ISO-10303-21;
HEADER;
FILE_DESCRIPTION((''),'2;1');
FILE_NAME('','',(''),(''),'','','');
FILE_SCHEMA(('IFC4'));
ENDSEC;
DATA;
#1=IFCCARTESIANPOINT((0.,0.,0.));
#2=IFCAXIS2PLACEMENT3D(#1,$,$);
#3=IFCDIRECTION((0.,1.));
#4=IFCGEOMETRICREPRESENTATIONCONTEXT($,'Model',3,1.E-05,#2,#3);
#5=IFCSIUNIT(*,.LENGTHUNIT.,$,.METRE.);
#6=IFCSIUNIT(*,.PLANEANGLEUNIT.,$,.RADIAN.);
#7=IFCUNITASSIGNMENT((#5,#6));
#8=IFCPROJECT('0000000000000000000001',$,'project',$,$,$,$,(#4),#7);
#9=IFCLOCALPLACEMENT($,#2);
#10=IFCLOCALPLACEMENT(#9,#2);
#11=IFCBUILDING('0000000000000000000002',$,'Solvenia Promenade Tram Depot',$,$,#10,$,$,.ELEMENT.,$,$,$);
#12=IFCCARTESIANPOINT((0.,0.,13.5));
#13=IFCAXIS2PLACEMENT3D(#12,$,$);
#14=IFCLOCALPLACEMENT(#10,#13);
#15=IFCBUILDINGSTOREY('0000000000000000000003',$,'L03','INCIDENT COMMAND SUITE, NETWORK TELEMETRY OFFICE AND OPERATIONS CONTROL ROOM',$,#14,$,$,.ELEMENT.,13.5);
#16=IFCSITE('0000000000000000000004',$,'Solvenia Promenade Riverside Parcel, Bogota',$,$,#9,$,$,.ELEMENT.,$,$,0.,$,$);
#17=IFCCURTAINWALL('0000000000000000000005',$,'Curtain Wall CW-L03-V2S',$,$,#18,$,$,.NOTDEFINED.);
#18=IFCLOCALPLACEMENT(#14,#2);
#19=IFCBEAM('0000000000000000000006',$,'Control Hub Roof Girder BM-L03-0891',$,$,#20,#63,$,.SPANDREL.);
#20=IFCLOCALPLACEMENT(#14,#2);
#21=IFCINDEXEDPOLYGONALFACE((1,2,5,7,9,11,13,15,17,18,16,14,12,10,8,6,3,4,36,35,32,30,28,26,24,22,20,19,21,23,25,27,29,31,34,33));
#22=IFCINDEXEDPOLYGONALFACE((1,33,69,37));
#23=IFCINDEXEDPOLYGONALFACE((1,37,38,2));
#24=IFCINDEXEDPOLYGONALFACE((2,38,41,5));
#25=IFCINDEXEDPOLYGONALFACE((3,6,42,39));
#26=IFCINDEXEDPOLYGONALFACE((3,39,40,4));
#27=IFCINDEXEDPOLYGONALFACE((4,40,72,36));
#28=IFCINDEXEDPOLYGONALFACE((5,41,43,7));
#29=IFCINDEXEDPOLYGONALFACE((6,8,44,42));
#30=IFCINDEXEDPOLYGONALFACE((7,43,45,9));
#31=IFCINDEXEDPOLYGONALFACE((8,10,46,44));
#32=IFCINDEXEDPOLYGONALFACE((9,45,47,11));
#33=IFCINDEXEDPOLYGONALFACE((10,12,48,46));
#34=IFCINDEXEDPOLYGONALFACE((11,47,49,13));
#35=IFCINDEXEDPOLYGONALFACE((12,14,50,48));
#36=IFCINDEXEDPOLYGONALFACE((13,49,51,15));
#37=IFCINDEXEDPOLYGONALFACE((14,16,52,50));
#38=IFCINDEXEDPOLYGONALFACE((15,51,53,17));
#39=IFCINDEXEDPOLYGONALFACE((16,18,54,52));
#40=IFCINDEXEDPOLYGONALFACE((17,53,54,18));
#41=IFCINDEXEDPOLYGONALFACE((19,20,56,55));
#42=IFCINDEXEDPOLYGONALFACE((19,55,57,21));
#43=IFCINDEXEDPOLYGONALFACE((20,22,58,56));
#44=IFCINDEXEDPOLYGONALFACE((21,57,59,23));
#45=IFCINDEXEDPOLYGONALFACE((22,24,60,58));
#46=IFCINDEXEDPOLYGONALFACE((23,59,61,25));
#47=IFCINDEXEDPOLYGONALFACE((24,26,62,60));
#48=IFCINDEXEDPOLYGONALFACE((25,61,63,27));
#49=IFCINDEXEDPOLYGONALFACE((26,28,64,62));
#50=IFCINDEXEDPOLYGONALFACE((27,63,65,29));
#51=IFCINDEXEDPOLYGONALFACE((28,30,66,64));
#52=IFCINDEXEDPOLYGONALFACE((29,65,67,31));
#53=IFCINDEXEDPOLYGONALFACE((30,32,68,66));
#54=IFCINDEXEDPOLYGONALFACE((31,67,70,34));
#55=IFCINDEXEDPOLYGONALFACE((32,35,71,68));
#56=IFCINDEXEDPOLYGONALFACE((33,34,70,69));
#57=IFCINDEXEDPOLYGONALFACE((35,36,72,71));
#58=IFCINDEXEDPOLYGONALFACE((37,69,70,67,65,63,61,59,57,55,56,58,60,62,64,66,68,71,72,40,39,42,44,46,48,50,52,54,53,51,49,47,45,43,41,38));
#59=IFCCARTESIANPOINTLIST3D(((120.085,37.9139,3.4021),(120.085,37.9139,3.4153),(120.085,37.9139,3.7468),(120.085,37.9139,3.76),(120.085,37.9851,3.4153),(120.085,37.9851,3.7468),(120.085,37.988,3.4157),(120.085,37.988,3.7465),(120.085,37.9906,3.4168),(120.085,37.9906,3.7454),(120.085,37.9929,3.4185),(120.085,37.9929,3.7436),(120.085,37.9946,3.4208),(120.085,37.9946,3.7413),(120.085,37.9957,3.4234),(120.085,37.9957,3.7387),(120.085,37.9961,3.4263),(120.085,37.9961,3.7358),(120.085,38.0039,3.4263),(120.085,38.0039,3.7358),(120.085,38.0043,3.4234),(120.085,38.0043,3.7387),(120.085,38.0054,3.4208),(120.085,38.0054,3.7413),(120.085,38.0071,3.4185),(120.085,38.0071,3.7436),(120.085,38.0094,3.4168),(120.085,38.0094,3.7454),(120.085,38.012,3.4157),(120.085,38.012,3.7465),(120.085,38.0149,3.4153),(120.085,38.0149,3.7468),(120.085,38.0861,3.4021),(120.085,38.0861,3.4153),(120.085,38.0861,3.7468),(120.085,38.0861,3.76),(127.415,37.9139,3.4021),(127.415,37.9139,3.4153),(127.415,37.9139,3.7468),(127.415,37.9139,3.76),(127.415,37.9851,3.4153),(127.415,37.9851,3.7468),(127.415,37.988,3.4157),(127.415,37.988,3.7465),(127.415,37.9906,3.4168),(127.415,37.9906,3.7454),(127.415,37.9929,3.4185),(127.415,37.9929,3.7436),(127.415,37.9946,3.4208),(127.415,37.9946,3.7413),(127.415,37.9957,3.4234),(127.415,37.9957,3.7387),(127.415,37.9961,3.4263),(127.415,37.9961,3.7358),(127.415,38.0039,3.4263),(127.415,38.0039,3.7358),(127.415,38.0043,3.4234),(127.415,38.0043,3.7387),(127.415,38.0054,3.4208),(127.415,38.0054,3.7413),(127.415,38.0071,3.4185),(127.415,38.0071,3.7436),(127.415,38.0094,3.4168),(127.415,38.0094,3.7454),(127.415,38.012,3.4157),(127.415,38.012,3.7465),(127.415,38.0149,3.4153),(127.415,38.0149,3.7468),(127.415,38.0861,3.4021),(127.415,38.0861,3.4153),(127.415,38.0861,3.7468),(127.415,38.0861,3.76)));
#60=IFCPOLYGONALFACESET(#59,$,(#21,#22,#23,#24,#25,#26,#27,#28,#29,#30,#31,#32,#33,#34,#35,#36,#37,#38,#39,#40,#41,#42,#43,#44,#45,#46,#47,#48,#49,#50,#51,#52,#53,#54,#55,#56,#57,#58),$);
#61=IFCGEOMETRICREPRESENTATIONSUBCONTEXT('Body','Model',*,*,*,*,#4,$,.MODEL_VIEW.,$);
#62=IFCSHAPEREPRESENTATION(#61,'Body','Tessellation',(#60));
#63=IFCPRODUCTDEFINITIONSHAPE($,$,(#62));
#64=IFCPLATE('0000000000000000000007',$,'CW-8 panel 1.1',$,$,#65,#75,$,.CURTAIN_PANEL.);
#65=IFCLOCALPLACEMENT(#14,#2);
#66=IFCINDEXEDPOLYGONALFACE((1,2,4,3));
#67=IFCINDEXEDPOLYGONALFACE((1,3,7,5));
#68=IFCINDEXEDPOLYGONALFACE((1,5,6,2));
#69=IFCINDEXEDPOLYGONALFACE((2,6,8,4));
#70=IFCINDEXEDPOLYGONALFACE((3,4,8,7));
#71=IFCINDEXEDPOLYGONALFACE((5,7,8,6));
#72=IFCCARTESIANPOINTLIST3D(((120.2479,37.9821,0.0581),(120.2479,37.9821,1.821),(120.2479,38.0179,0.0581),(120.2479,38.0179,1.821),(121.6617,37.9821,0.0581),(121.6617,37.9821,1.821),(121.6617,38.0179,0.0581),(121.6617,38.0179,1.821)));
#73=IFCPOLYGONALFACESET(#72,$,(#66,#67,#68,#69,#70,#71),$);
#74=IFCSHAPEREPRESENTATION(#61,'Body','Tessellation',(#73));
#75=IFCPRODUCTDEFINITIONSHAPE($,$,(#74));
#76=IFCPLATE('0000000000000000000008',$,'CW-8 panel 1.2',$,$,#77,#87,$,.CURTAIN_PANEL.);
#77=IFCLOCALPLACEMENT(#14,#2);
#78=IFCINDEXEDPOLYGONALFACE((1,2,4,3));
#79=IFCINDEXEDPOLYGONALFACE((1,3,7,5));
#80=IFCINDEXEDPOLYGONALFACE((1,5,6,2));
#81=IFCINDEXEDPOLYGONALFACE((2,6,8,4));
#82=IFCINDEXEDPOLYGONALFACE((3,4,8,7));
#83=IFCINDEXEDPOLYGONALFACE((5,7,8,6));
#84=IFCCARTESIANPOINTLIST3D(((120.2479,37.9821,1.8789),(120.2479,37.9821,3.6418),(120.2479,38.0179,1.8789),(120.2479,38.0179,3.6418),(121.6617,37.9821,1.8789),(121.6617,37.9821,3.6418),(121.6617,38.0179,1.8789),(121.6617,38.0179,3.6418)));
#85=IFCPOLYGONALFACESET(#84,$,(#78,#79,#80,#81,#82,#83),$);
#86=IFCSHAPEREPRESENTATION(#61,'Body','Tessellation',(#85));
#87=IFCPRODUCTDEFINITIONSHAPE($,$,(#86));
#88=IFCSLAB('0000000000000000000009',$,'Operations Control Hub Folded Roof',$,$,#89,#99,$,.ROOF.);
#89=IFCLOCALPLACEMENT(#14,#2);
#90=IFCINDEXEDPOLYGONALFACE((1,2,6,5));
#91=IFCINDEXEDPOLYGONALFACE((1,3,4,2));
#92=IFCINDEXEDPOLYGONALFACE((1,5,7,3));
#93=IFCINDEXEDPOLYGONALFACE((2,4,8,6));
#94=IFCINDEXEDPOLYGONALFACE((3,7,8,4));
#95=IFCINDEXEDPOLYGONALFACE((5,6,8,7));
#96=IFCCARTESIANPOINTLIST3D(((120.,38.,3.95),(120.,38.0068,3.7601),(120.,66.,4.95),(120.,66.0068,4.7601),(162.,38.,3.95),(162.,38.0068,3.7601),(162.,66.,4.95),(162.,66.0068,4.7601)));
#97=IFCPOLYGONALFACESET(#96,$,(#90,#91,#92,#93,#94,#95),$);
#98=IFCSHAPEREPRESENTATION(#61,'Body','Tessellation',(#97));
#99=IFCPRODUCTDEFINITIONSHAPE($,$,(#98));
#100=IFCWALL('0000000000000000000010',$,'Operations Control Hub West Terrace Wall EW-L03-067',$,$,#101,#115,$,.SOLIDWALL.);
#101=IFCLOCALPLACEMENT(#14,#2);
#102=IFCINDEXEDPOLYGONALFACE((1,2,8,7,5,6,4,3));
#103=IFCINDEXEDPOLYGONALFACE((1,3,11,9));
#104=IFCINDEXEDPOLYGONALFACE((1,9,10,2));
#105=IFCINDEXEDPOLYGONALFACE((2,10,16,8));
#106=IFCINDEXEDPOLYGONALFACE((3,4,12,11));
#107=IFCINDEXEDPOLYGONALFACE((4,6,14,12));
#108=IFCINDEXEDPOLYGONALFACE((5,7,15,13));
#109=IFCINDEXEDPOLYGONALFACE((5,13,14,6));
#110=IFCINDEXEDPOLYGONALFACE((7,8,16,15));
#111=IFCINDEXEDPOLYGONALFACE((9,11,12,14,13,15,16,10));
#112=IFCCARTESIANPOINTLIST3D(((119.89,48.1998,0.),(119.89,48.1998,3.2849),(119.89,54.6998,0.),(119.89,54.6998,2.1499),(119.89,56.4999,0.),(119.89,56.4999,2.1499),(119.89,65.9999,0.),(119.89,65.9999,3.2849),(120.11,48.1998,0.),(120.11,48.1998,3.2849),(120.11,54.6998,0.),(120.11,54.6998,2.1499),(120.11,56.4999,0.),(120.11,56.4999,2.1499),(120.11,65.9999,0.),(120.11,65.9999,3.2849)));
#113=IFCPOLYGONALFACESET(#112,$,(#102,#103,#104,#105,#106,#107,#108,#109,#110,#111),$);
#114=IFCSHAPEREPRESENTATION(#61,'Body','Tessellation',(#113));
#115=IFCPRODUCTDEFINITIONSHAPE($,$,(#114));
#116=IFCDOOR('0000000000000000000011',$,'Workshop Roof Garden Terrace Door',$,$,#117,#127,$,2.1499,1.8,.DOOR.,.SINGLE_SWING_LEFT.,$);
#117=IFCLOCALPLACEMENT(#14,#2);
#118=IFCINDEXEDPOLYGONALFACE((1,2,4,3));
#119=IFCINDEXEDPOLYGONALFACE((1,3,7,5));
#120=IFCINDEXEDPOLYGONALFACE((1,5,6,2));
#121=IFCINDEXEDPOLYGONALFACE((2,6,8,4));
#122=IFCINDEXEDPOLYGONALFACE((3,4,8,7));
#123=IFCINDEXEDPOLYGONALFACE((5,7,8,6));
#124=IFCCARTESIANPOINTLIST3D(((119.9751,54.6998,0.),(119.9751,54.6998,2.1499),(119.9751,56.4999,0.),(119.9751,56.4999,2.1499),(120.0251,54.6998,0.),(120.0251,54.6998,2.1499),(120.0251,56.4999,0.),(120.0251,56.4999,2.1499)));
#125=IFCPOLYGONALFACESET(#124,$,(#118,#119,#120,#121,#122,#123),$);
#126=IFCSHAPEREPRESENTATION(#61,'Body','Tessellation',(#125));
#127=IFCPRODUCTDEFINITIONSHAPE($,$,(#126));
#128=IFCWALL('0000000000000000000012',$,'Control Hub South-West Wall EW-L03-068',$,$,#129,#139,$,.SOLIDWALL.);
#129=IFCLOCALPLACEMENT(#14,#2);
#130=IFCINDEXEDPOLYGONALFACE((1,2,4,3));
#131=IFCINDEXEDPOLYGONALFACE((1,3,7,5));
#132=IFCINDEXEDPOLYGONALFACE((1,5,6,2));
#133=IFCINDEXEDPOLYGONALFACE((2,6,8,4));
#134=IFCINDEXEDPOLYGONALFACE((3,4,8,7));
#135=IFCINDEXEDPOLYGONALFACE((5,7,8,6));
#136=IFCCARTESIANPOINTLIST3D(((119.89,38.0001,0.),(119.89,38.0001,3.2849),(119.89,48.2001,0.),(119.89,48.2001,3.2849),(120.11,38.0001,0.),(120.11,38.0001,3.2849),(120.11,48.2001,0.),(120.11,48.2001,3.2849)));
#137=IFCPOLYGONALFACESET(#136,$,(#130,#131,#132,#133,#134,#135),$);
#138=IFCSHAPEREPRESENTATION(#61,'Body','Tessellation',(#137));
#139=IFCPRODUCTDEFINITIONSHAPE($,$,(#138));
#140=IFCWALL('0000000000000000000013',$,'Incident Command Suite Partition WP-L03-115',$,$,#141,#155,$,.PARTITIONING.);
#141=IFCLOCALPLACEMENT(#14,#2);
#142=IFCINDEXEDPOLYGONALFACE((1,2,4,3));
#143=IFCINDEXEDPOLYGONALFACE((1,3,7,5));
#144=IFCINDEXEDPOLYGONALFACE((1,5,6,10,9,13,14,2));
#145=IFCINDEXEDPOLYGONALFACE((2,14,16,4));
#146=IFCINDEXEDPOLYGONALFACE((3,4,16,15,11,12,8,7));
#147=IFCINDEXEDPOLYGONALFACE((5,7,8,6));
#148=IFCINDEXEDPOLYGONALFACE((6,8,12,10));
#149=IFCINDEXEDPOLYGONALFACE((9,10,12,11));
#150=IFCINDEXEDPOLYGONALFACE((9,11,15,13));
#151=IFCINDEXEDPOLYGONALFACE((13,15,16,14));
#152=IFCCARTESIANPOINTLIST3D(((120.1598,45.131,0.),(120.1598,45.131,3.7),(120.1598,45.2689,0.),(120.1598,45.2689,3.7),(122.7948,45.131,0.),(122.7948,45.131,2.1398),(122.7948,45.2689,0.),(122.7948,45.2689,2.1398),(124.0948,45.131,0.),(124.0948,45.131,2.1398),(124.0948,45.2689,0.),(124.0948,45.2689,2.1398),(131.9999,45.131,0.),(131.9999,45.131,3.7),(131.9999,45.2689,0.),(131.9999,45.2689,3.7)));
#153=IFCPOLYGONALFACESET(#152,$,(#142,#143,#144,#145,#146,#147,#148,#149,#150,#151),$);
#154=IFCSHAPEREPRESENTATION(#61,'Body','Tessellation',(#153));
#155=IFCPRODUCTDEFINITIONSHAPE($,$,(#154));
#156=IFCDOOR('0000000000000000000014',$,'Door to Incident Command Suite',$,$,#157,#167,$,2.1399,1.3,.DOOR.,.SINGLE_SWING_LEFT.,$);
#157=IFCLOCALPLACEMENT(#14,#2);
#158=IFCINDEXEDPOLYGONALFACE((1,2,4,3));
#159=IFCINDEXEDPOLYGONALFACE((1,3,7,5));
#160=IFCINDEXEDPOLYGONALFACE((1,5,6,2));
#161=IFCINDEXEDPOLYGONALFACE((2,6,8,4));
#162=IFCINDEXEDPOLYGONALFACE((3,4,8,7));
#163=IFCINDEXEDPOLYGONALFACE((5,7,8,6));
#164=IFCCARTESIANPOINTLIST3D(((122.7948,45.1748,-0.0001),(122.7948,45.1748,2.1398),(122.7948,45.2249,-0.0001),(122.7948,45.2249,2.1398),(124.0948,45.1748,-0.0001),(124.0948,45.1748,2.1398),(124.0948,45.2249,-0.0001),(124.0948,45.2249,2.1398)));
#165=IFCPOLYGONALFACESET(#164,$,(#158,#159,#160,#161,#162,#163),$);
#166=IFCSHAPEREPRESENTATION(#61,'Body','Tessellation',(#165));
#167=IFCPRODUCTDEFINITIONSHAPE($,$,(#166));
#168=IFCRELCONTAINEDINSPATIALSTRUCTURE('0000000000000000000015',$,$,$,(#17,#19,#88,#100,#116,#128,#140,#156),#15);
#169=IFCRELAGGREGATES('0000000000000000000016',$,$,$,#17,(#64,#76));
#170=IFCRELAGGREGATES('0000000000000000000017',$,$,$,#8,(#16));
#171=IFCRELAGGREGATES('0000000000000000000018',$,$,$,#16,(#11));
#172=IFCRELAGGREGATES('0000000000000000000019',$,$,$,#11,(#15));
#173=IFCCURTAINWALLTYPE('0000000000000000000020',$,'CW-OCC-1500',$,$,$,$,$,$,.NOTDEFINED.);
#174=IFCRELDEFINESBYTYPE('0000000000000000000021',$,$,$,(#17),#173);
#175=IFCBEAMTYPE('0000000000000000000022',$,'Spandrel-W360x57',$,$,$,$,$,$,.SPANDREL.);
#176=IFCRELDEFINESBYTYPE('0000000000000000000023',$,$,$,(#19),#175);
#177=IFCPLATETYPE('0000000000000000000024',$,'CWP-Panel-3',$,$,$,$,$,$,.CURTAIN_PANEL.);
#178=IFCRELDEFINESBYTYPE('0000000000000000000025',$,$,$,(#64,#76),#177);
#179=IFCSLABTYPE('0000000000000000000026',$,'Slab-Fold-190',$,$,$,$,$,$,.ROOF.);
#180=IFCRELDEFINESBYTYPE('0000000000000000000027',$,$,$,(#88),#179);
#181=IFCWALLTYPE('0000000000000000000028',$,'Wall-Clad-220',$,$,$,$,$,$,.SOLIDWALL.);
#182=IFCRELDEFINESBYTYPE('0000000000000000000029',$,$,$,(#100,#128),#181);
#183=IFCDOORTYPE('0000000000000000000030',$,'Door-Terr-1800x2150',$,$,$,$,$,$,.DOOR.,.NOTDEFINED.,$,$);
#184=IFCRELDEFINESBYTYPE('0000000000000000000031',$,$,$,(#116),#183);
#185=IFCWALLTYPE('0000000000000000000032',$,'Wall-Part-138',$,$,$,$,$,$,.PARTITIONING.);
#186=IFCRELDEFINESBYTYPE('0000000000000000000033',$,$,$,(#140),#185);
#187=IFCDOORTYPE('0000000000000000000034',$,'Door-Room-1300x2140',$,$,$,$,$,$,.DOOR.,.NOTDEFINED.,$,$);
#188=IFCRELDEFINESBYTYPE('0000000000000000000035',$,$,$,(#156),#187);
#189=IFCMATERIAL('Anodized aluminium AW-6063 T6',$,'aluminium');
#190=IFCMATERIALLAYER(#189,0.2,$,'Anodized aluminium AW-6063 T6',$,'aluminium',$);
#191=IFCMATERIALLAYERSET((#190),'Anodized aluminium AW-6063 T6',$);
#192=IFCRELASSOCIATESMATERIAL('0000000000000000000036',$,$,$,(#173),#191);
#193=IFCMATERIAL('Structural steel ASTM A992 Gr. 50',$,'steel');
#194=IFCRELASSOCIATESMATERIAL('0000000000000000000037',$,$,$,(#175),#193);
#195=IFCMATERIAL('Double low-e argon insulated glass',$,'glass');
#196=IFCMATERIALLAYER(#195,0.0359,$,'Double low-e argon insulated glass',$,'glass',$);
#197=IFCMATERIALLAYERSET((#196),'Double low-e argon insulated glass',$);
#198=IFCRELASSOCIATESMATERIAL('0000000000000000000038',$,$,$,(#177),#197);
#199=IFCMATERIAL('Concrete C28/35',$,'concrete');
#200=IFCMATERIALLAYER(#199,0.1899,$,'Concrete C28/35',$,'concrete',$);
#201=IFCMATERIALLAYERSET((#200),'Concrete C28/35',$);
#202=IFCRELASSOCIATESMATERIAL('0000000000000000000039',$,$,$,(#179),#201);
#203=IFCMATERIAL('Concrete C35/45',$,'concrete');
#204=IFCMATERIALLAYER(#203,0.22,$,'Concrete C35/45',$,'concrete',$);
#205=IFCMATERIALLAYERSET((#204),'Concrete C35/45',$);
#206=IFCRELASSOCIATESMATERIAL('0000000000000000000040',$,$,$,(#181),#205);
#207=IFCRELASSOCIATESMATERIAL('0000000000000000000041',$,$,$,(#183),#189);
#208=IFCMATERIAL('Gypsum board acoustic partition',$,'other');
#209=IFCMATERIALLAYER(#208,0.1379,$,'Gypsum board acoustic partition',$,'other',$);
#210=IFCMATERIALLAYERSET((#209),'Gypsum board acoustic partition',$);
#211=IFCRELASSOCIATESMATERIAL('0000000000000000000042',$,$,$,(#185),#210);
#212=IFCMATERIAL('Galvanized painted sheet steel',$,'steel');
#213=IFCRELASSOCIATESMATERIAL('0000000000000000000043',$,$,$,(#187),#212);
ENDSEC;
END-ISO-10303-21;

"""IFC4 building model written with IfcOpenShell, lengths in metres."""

from ifc_helpers import new_model, si_unit, direction, frame, frame_2d, origin, origin_2d, place, context, subcontext, project, spatial, polyline, rectangle, i_section, outline, extrude, material, layer, layer_set, material_profile, profile_set, type_object, element, fill, aggregate, save


model = new_model("IFC4")

# Units and contexts
model_context = context("Model", 3, precision=1e-05, world=origin(), true_north=direction((0.0, 1.0)))
body_context = subcontext(model_context, "Body", "Model", "MODEL_VIEW")
ifc_project = project(units=[si_unit("LENGTHUNIT", "METRE"), si_unit("PLANEANGLEUNIT", "RADIAN")], contexts=[model_context])

# Site, building, storey
site_placement = place(None, origin())
site = spatial("IfcSite", under=ifc_project, at=site_placement, Name="Solvenia Promenade Riverside Parcel, Bogota", CompositionType="ELEMENT", RefElevation=0.0)
building_placement = place(site_placement, origin())
building = spatial("IfcBuilding", under=site, at=building_placement, Name="Solvenia Promenade Tram Depot", CompositionType="ELEMENT")
storey_placement = place(building_placement, frame((0.0, 0.0, 13.5)))
storey = spatial("IfcBuildingStorey", under=building, at=storey_placement, Name="L03", Description="INCIDENT COMMAND SUITE, NETWORK TELEMETRY OFFICE AND OPERATIONS CONTROL ROOM", CompositionType="ELEMENT", Elevation=13.5)

# Shared definitions
ifc_material_1 = material(Name="Structural steel ASTM A992 Gr. 50", Category="steel")

# Curtain wall
ifc_material_2 = material(Name="Anodized aluminium AW-6063 T6", Category="aluminium")
ifc_layer_1 = layer(ifc_material_2, 0.2, Name="Anodized aluminium AW-6063 T6", Category="aluminium")
ifc_layer_set_1 = layer_set([ifc_layer_1], Name="Anodized aluminium AW-6063 T6")
curtain_wall_type = type_object("IfcCurtainWallType", Name="CW-OCC-1500", PredefinedType="NOTDEFINED", material=ifc_layer_set_1)
curtain_wall_placement = place(storey_placement, origin())
curtain_wall = element("IfcCurtainWall", 1, at=curtain_wall_placement, inside=storey, type_object=curtain_wall_type, Name="Curtain Wall CW-L03-V2S", PredefinedType="NOTDEFINED")

# Beam
ifc_material_profile_1 = material_profile(ifc_material_1, i_section(OverallWidth=0.1721, OverallDepth=0.3579, WebThickness=0.0078, FlangeThickness=0.0132, FilletRadius=0.011, at=origin_2d()), Name="W360x57", Category="steel")
ifc_profile_set_1 = profile_set([ifc_material_profile_1], Name="Structural steel ASTM A992 Gr. 50")
beam_type_1 = type_object("IfcBeamType", Name="Spandrel-W360x57", PredefinedType="SPANDREL", material=ifc_profile_set_1)
for number, where, z_axis, x_axis, name in (
    (2, (120.085, 38.0, 3.5811), (1.0, 0.0, 0.0), (0.0, 1.0, 0.0), "Control Hub Roof Girder BM-L03-0891"),
):
    element("IfcBeam", number, at=place(storey_placement, frame(where, z_axis=z_axis, x_axis=x_axis)), inside=storey, type_object=beam_type_1, Name=name, PredefinedType="SPANDREL", context=body_context, shape_type="SweptSolid", body=[
        extrude(i_section(OverallWidth=0.1721, OverallDepth=0.3579, WebThickness=0.0078, FlangeThickness=0.0132, FilletRadius=0.011, at=origin_2d()), origin(), (0.0, 0.0, 1.0), 7.3301),
    ])

# Plates
ifc_material_3 = material(Name="Double low-e argon insulated glass", Category="glass")
ifc_layer_2 = layer(ifc_material_3, 0.0359, Name="Double low-e argon insulated glass", Category="glass")
ifc_layer_set_2 = layer_set([ifc_layer_2], Name="Double low-e argon insulated glass")
plate_type = type_object("IfcPlateType", Name="CWP-Panel-3", PredefinedType="CURTAIN_PANEL", material=ifc_layer_set_2)
plate_1_placement = place(storey_placement, frame((120.9548, 38.0, 0.0581), z_axis=(0.0, 0.0, 1.0), x_axis=(1.0, 0.0, 0.0)))
plate_1 = element("IfcPlate", 3, at=plate_1_placement, type_object=plate_type, Name="CW-8 panel 1.1", PredefinedType="CURTAIN_PANEL", context=body_context, shape_type="SweptSolid", body=[
    extrude(rectangle(XDim=1.4138, YDim=0.0359, at=origin_2d()), origin(), (0.0, 0.0, 1.0), 1.7629),
])
plate_2_placement = place(storey_placement, frame((120.9548, 38.0, 1.8789), z_axis=(0.0, 0.0, 1.0), x_axis=(1.0, 0.0, 0.0)))
plate_2 = element("IfcPlate", 4, at=plate_2_placement, type_object=plate_type, Name="CW-8 panel 1.2", PredefinedType="CURTAIN_PANEL", context=body_context, shape_type="SweptSolid", body=[
    extrude(rectangle(XDim=1.4138, YDim=0.0359, at=origin_2d()), origin(), (0.0, 0.0, 1.0), 1.7629),
])
aggregate(curtain_wall, [plate_1, plate_2])

# Slab
ifc_material_4 = material(Name="Concrete C28/35", Category="concrete")
ifc_layer_3 = layer(ifc_material_4, 0.1899, Name="Concrete C28/35", Category="concrete")
ifc_layer_set_3 = layer_set([ifc_layer_3], Name="Concrete C28/35")
slab_type = type_object("IfcSlabType", Name="Slab-Fold-190", PredefinedType="ROOF", material=ifc_layer_set_3)
slab_placement = place(storey_placement, frame((120.0, 38.0, 3.95), z_axis=(0.0, -0.035692, 0.999363), x_axis=(1.0, 0.0, 0.0)))
element("IfcSlab", 5, at=slab_placement, inside=storey, type_object=slab_type, Name="Operations Control Hub Folded Roof", PredefinedType="ROOF", context=body_context, shape_type="SweptSolid", body=[
    extrude(outline(polyline([(0.0, 0.0), (42.0, 0.0), (42.0, 28.0179), (0.0, 28.0179), (0.0, 0.0)])), origin(), (0.0, 0.0, -1.0), 0.1899),
])

# Wall, opening, door
ifc_material_5 = material(Name="Concrete C35/45", Category="concrete")
ifc_layer_4 = layer(ifc_material_5, 0.22, Name="Concrete C35/45", Category="concrete")
ifc_layer_set_4 = layer_set([ifc_layer_4], Name="Concrete C35/45")
wall_type_1 = type_object("IfcWallType", Name="Wall-Clad-220", PredefinedType="SOLIDWALL", material=ifc_layer_set_4)
wall_1_placement = place(storey_placement, frame((120.0, 48.2, 0.0), z_axis=(0.0, 0.0, 1.0), x_axis=(0.0, 1.0, 0.0)))
wall_1 = element("IfcWall", 6, at=wall_1_placement, inside=storey, type_object=wall_type_1, Name="Operations Control Hub West Terrace Wall EW-L03-067", PredefinedType="SOLIDWALL", context=body_context, shape_type="SweptSolid", body=[
    extrude(rectangle(XDim=17.8, YDim=0.22, at=frame_2d((8.8999, 0.0))), origin(), (0.0, 0.0, 1.0), 3.2849),
])
opening_1_placement = place(wall_1_placement, frame((6.5, 0.0, 0.0)))
opening_1 = element("IfcOpeningElement", 7, at=opening_1_placement, cuts=wall_1, PredefinedType="OPENING", context=body_context, shape_type="SweptSolid", body=[
    extrude(rectangle(XDim=1.8, YDim=2.1499, at=frame_2d((0.8999, 1.075))), frame((0.0, 0.1199, 0.0), z_axis=(0.0, -1.0, 0.0), x_axis=(1.0, 0.0, 0.0)), (0.0, 0.0, 1.0), 0.24),
])
door_type_1 = type_object("IfcDoorType", Name="Door-Terr-1800x2150", OperationType="NOTDEFINED", PredefinedType="DOOR", material=ifc_material_2)
door_1_placement = place(opening_1_placement, origin())
door_1 = element("IfcDoor", 8, at=door_1_placement, inside=storey, type_object=door_type_1, Name="Workshop Roof Garden Terrace Door", OperationType="SINGLE_SWING_LEFT", OverallHeight=2.1499, OverallWidth=1.8, PredefinedType="DOOR", context=body_context, shape_type="SweptSolid", body=[
    extrude(rectangle(XDim=1.8, YDim=2.1499, at=frame_2d((0.8999, 1.075))), frame((0.0, 0.0249, 0.0), z_axis=(0.0, -1.0, 0.0), x_axis=(1.0, 0.0, 0.0)), (0.0, 0.0, 1.0), 0.05),
])
fill(opening_1, door_1)

# Wall
wall_2_placement = place(storey_placement, frame((120.0, 38.0, 0.0), z_axis=(0.0, 0.0, 1.0), x_axis=(0.0, 1.0, 0.0)))
element("IfcWall", 9, at=wall_2_placement, inside=storey, type_object=wall_type_1, Name="Control Hub South-West Wall EW-L03-068", PredefinedType="SOLIDWALL", context=body_context, shape_type="SweptSolid", body=[
    extrude(rectangle(XDim=10.2, YDim=0.22, at=frame_2d((5.1001, 0.0))), origin(), (0.0, 0.0, 1.0), 3.2849),
])

# Wall, opening, door
ifc_material_6 = material(Name="Gypsum board acoustic partition", Category="other")
ifc_layer_5 = layer(ifc_material_6, 0.1379, Name="Gypsum board acoustic partition", Category="other")
ifc_layer_set_5 = layer_set([ifc_layer_5], Name="Gypsum board acoustic partition")
wall_type_2 = type_object("IfcWallType", Name="Wall-Part-138", PredefinedType="PARTITIONING", material=ifc_layer_set_5)
wall_3_placement = place(storey_placement, frame((120.1599, 45.2, 0.0), z_axis=(0.0, 0.0, 1.0), x_axis=(1.0, 0.0, 0.0)))
wall_3 = element("IfcWall", 10, at=wall_3_placement, inside=storey, type_object=wall_type_2, Name="Incident Command Suite Partition WP-L03-115", PredefinedType="PARTITIONING", context=body_context, shape_type="SweptSolid", body=[
    extrude(rectangle(XDim=11.8401, YDim=0.1379, at=frame_2d((5.9199, 0.0))), origin(), (0.0, 0.0, 1.0), 3.7),
])
opening_2_placement = place(wall_3_placement, frame((2.635, 0.0, 0.0)))
opening_2 = element("IfcOpeningElement", 11, at=opening_2_placement, cuts=wall_3, PredefinedType="OPENING", context=body_context, shape_type="SweptSolid", body=[
    extrude(rectangle(XDim=1.3, YDim=2.1399, at=frame_2d((0.6499, 1.0698))), frame((0.0, 0.0789, 0.0), z_axis=(0.0, -1.0, 0.0), x_axis=(1.0, 0.0, 0.0)), (0.0, 0.0, 1.0), 0.158),
])
ifc_material_7 = material(Name="Galvanized painted sheet steel", Category="steel")
door_type_2 = type_object("IfcDoorType", Name="Door-Room-1300x2140", OperationType="NOTDEFINED", PredefinedType="DOOR", material=ifc_material_7)
door_2_placement = place(opening_2_placement, origin())
door_2 = element("IfcDoor", 12, at=door_2_placement, inside=storey, type_object=door_type_2, Name="Door to Incident Command Suite", OperationType="SINGLE_SWING_LEFT", OverallHeight=2.1399, OverallWidth=1.3, PredefinedType="DOOR", context=body_context, shape_type="SweptSolid", body=[
    extrude(rectangle(XDim=1.3, YDim=2.1399, at=frame_2d((0.6499, 1.0698))), frame((0.0, 0.0249, 0.0), z_axis=(0.0, -1.0, 0.0), x_axis=(1.0, 0.0, 0.0)), (0.0, 0.0, 1.0), 0.05),
])
fill(opening_2, door_2)

save(model, "model.ifc")
